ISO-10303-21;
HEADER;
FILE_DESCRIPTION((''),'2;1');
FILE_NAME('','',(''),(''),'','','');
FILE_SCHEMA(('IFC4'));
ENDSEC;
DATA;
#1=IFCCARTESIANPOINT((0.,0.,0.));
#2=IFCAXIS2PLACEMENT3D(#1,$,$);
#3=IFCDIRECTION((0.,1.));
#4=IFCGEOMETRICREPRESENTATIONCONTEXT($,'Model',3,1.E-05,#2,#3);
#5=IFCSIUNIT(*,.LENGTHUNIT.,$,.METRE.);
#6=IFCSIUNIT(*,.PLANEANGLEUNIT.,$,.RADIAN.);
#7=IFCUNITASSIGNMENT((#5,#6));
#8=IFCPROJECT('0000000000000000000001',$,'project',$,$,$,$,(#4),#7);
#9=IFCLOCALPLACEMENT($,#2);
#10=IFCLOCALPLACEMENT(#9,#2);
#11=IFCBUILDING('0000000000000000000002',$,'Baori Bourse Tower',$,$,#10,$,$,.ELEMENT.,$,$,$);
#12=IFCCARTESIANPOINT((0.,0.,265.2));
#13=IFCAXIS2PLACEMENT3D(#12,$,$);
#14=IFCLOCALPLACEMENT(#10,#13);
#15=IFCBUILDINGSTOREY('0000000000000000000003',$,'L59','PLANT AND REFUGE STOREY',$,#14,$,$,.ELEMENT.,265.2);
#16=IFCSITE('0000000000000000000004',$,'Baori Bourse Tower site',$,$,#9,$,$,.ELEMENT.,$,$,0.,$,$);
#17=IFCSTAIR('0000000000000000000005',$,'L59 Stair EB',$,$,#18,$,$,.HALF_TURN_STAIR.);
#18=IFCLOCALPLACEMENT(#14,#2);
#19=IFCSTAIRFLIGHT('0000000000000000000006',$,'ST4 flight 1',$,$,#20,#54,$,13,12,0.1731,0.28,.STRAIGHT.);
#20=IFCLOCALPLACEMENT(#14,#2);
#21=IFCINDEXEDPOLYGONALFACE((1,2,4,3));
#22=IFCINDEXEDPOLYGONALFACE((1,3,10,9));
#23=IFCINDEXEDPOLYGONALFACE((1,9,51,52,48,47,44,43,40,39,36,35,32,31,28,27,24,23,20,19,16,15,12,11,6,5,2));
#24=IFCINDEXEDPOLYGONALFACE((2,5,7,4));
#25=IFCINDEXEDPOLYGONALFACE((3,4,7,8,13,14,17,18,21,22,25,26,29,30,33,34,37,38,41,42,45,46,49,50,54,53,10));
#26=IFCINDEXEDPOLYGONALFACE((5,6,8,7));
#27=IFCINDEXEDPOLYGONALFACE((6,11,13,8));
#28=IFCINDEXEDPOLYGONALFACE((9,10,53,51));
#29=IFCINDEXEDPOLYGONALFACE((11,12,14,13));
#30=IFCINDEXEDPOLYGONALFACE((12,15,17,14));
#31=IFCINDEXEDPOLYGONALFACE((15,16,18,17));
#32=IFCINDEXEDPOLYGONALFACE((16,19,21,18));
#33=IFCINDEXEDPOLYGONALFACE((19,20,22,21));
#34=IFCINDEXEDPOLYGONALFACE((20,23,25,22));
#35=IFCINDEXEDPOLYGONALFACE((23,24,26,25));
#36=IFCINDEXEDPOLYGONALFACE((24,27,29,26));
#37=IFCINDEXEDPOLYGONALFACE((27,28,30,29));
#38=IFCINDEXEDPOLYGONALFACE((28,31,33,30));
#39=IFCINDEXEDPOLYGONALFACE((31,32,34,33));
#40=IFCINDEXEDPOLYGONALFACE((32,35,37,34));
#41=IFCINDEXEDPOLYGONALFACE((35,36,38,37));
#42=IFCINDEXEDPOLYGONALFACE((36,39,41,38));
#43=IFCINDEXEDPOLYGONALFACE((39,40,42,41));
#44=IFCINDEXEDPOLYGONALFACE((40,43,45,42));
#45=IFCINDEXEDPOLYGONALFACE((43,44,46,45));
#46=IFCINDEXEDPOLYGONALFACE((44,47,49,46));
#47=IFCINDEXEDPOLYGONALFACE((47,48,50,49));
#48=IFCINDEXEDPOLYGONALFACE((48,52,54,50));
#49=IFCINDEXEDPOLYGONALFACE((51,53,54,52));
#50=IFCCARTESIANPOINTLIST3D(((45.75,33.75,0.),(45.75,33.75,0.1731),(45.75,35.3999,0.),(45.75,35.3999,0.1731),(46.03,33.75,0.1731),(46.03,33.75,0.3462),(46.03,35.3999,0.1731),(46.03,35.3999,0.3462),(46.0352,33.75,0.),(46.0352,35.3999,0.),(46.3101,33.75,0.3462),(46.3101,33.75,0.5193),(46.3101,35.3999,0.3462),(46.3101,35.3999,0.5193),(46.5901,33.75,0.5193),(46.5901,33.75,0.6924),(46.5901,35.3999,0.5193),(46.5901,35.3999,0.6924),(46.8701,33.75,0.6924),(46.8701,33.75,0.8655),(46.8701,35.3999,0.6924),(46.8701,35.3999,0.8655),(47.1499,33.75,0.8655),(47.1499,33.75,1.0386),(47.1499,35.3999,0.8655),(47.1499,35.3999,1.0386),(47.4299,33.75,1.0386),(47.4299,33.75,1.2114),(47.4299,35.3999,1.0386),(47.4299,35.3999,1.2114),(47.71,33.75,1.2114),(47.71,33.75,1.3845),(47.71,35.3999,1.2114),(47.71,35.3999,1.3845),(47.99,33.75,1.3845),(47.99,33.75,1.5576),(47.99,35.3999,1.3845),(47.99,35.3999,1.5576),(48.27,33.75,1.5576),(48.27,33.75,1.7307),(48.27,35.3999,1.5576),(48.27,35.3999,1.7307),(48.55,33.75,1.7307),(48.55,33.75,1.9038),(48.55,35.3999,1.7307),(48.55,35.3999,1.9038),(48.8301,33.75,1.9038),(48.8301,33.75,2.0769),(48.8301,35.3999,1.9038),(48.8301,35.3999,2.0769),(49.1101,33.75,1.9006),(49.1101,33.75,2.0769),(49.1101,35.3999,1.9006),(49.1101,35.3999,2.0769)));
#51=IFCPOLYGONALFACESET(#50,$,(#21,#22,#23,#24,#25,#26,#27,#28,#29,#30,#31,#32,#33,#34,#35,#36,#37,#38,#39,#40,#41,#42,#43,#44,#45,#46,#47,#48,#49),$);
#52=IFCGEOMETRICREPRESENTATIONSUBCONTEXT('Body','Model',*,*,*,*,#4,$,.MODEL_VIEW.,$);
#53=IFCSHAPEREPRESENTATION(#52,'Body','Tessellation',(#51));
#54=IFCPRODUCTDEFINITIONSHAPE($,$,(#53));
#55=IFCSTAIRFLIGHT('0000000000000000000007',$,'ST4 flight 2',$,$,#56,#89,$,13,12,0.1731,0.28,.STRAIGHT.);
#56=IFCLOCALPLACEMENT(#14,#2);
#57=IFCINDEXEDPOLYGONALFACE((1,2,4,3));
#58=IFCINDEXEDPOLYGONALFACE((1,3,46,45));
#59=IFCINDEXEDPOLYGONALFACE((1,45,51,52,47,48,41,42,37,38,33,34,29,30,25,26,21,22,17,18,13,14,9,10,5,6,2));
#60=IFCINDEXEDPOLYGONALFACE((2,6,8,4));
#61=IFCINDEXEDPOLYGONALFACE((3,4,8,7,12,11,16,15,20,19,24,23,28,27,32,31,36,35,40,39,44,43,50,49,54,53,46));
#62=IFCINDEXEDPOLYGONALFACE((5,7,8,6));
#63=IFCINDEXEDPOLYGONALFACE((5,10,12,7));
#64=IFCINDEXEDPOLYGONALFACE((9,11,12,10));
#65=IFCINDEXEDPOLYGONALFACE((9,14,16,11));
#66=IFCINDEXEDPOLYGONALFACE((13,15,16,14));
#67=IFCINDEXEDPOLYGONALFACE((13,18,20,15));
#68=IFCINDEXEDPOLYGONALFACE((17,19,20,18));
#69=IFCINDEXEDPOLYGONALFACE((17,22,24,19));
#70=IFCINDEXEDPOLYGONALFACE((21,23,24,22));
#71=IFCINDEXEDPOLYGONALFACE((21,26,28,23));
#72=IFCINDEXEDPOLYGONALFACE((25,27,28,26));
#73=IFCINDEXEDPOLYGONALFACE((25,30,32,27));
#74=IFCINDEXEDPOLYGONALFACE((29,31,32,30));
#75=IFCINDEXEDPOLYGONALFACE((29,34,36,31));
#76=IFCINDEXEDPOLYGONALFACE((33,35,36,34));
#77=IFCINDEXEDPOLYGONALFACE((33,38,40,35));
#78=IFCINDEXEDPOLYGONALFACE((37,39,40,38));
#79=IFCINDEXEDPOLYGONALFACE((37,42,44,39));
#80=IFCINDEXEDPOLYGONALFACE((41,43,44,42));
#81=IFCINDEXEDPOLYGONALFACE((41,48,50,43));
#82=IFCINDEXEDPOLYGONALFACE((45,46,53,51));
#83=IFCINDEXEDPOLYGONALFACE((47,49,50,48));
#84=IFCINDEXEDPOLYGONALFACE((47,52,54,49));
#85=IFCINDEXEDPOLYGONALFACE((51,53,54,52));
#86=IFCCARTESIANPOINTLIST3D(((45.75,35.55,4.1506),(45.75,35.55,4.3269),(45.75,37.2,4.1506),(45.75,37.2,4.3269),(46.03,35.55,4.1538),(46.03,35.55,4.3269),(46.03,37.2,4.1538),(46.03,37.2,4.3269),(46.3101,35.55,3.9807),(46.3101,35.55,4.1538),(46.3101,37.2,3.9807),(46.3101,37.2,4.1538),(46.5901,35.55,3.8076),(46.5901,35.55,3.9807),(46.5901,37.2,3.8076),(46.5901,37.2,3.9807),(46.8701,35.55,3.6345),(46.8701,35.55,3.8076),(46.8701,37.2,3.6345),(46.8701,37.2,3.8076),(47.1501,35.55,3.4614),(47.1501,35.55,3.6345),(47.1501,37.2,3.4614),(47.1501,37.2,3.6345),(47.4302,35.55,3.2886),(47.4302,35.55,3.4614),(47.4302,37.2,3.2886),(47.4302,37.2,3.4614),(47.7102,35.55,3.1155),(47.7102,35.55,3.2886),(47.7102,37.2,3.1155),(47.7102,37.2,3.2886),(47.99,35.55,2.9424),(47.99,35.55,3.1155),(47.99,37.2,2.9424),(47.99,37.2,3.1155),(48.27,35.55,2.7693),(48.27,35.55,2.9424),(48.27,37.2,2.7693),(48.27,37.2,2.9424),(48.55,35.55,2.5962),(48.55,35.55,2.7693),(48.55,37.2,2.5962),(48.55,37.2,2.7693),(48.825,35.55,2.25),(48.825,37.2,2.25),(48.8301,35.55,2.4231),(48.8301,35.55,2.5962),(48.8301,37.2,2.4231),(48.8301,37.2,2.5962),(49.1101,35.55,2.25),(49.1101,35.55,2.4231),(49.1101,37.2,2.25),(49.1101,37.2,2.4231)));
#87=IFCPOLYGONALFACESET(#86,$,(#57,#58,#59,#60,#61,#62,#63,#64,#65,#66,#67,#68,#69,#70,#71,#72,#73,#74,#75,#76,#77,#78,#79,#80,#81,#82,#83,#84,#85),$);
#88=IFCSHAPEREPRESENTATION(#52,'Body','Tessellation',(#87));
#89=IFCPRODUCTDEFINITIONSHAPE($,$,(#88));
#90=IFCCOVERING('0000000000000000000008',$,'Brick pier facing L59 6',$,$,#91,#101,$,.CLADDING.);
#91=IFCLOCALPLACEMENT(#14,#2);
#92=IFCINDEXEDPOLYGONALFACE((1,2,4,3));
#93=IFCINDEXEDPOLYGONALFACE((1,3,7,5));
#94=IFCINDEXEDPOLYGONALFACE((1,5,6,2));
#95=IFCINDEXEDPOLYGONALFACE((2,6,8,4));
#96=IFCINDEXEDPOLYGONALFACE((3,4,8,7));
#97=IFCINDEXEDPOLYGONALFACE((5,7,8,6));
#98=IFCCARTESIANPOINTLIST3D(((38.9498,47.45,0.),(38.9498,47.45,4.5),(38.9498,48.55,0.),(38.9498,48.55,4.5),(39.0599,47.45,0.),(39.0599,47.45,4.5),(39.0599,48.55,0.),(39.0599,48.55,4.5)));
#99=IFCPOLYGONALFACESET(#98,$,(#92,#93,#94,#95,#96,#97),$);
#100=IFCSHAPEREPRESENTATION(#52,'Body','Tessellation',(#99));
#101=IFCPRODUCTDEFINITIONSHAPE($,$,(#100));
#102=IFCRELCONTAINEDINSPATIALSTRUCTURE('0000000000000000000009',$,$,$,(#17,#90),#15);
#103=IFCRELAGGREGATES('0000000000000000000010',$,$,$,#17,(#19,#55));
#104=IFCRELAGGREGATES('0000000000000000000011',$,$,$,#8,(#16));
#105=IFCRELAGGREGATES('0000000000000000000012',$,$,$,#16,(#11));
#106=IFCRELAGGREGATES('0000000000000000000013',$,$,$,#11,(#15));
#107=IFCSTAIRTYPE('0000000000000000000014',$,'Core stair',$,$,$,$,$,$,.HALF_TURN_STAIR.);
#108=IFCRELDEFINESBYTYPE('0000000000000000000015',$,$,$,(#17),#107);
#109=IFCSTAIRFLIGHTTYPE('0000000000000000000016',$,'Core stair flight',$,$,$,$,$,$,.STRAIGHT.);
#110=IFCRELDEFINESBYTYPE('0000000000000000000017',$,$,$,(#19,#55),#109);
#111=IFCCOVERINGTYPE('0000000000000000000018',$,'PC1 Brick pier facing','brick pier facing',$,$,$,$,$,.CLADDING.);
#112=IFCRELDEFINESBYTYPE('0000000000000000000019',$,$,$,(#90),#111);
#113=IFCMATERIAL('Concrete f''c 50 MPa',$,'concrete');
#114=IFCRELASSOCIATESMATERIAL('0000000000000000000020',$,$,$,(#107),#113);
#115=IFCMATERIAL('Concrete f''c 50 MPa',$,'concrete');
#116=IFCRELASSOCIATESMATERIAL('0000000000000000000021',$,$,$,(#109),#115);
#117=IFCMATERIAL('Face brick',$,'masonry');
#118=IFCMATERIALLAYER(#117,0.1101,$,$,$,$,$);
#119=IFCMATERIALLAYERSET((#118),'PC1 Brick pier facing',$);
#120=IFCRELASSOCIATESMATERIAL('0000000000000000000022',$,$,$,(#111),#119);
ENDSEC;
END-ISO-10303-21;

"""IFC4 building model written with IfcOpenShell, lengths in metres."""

from ifc_helpers import new_model, si_unit, direction, frame, origin, origin_2d, place, context, subcontext, project, spatial, polyline, rectangle, outline, extrude, material, layer, layer_set, type_object, element, aggregate, save


model = new_model("IFC4")

# Units and contexts
model_context = context("Model", 3, precision=1e-05, world=origin(), true_north=direction((0.0, 1.0)))
body_context = subcontext(model_context, "Body", "Model", "MODEL_VIEW")
ifc_project = project(units=[si_unit("LENGTHUNIT", "METRE"), si_unit("PLANEANGLEUNIT", "RADIAN")], contexts=[model_context])

# Site, building, storey
site_placement = place(None, origin())
site = spatial("IfcSite", under=ifc_project, at=site_placement, Name="Baori Bourse Tower site", CompositionType="ELEMENT", RefElevation=0.0)
building_placement = place(site_placement, origin())
building = spatial("IfcBuilding", under=site, at=building_placement, Name="Baori Bourse Tower", CompositionType="ELEMENT")
storey_placement = place(building_placement, frame((0.0, 0.0, 265.2)))
storey = spatial("IfcBuildingStorey", under=building, at=storey_placement, Name="L59", Description="PLANT AND REFUGE STOREY", CompositionType="ELEMENT", Elevation=265.2)

# Stair, stair flights
ifc_material_1 = material(Name="Concrete f'c 50 MPa", Category="concrete")
stair_type = type_object("IfcStairType", Name="Core stair", PredefinedType="HALF_TURN_STAIR", material=ifc_material_1)
stair_placement = place(storey_placement, origin())
stair = element("IfcStair", 1, at=stair_placement, inside=storey, type_object=stair_type, Name="L59 Stair EB", PredefinedType="HALF_TURN_STAIR")
ifc_material_2 = material(Name="Concrete f'c 50 MPa", Category="concrete")
stair_flight_type = type_object("IfcStairFlightType", Name="Core stair flight", PredefinedType="STRAIGHT", material=ifc_material_2)
stair_flight_1_placement = place(storey_placement, frame((45.75, 34.575, 0.0), z_axis=(0.0, 0.0, 1.0), x_axis=(1.0, 0.0, 0.0)))
stair_flight_1 = element("IfcStairFlight", 2, at=stair_flight_1_placement, type_object=stair_flight_type, Name="ST4 flight 1", NumberOfRisers=13, NumberOfTreads=12, PredefinedType="STRAIGHT", RiserHeight=0.1731, TreadLength=0.28, context=body_context, shape_type="SweptSolid", body=[
    extrude(outline(polyline([(0.0, 0.0), (0.0, 0.1731), (0.28, 0.1731), (0.28, 0.3462), (0.5601, 0.3462), (0.5601, 0.5193), (0.8401, 0.5193), (0.8401, 0.6924), (1.1201, 0.6924), (1.1201, 0.8655), (1.3999, 0.8655), (1.3999, 1.0386), (1.6799, 1.0386), (1.6799, 1.2114), (1.96, 1.2114), (1.96, 1.3845), (2.24, 1.3845), (2.24, 1.5576), (2.52, 1.5576), (2.52, 1.7307), (2.8, 1.7307), (2.8, 1.9038), (3.0801, 1.9038), (3.0801, 2.0769), (3.3601, 2.0769), (3.3601, 2.25), (3.3601, 1.9006), (0.2852, 0.0), (0.0, 0.0)])), frame((0.0, 0.825, 0.0), z_axis=(0.0, -1.0, 0.0), x_axis=(1.0, 0.0, 0.0)), (0.0, 0.0, 1.0), 1.6499),
])
stair_flight_2_placement = place(storey_placement, frame((49.1101, 36.375, 2.25), z_axis=(0.0, 0.0, 1.0), x_axis=(-1.0, 0.0, 0.0)))
stair_flight_2 = element("IfcStairFlight", 3, at=stair_flight_2_placement, type_object=stair_flight_type, Name="ST4 flight 2", NumberOfRisers=13, NumberOfTreads=12, PredefinedType="STRAIGHT", RiserHeight=0.1731, TreadLength=0.28, context=body_context, shape_type="SweptSolid", body=[
    extrude(outline(polyline([(0.0, 0.0), (0.0, 0.1731), (0.28, 0.1731), (0.28, 0.3462), (0.5601, 0.3462), (0.5601, 0.5193), (0.8401, 0.5193), (0.8401, 0.6924), (1.1201, 0.6924), (1.1201, 0.8655), (1.3999, 0.8655), (1.3999, 1.0386), (1.6799, 1.0386), (1.6799, 1.2114), (1.96, 1.2114), (1.96, 1.3845), (2.24, 1.3845), (2.24, 1.5576), (2.52, 1.5576), (2.52, 1.7307), (2.8, 1.7307), (2.8, 1.9038), (3.0801, 1.9038), (3.0801, 2.0769), (3.3601, 2.0769), (3.3601, 2.25), (3.3601, 1.9006), (0.2852, 0.0), (0.0, 0.0)])), frame((0.0, 0.825, 0.0), z_axis=(0.0, -1.0, 0.0), x_axis=(1.0, 0.0, 0.0)), (0.0, 0.0, 1.0), 1.6499),
])
aggregate(stair, [stair_flight_1, stair_flight_2])

# Covering
ifc_material_3 = material(Name="Face brick", Category="masonry")
ifc_layer_1 = layer(ifc_material_3, 0.1101)
ifc_layer_set_1 = layer_set([ifc_layer_1], Name="PC1 Brick pier facing")
covering_type = type_object("IfcCoveringType", Name="PC1 Brick pier facing", Description="brick pier facing", PredefinedType="CLADDING", material=ifc_layer_set_1)
covering_placement = place(storey_placement, frame((39.0049, 48.0, 0.0), z_axis=(0.0, 0.0, 1.0), x_axis=(1.0, 0.0, 0.0)))
element("IfcCovering", 4, at=covering_placement, inside=storey, type_object=covering_type, Name="Brick pier facing L59 6", PredefinedType="CLADDING", context=body_context, shape_type="SweptSolid", body=[
    extrude(rectangle(XDim=0.1101, YDim=1.1001, at=origin_2d()), origin(), (0.0, 0.0, 1.0), 4.5),
])

save(model, "model.ifc")
